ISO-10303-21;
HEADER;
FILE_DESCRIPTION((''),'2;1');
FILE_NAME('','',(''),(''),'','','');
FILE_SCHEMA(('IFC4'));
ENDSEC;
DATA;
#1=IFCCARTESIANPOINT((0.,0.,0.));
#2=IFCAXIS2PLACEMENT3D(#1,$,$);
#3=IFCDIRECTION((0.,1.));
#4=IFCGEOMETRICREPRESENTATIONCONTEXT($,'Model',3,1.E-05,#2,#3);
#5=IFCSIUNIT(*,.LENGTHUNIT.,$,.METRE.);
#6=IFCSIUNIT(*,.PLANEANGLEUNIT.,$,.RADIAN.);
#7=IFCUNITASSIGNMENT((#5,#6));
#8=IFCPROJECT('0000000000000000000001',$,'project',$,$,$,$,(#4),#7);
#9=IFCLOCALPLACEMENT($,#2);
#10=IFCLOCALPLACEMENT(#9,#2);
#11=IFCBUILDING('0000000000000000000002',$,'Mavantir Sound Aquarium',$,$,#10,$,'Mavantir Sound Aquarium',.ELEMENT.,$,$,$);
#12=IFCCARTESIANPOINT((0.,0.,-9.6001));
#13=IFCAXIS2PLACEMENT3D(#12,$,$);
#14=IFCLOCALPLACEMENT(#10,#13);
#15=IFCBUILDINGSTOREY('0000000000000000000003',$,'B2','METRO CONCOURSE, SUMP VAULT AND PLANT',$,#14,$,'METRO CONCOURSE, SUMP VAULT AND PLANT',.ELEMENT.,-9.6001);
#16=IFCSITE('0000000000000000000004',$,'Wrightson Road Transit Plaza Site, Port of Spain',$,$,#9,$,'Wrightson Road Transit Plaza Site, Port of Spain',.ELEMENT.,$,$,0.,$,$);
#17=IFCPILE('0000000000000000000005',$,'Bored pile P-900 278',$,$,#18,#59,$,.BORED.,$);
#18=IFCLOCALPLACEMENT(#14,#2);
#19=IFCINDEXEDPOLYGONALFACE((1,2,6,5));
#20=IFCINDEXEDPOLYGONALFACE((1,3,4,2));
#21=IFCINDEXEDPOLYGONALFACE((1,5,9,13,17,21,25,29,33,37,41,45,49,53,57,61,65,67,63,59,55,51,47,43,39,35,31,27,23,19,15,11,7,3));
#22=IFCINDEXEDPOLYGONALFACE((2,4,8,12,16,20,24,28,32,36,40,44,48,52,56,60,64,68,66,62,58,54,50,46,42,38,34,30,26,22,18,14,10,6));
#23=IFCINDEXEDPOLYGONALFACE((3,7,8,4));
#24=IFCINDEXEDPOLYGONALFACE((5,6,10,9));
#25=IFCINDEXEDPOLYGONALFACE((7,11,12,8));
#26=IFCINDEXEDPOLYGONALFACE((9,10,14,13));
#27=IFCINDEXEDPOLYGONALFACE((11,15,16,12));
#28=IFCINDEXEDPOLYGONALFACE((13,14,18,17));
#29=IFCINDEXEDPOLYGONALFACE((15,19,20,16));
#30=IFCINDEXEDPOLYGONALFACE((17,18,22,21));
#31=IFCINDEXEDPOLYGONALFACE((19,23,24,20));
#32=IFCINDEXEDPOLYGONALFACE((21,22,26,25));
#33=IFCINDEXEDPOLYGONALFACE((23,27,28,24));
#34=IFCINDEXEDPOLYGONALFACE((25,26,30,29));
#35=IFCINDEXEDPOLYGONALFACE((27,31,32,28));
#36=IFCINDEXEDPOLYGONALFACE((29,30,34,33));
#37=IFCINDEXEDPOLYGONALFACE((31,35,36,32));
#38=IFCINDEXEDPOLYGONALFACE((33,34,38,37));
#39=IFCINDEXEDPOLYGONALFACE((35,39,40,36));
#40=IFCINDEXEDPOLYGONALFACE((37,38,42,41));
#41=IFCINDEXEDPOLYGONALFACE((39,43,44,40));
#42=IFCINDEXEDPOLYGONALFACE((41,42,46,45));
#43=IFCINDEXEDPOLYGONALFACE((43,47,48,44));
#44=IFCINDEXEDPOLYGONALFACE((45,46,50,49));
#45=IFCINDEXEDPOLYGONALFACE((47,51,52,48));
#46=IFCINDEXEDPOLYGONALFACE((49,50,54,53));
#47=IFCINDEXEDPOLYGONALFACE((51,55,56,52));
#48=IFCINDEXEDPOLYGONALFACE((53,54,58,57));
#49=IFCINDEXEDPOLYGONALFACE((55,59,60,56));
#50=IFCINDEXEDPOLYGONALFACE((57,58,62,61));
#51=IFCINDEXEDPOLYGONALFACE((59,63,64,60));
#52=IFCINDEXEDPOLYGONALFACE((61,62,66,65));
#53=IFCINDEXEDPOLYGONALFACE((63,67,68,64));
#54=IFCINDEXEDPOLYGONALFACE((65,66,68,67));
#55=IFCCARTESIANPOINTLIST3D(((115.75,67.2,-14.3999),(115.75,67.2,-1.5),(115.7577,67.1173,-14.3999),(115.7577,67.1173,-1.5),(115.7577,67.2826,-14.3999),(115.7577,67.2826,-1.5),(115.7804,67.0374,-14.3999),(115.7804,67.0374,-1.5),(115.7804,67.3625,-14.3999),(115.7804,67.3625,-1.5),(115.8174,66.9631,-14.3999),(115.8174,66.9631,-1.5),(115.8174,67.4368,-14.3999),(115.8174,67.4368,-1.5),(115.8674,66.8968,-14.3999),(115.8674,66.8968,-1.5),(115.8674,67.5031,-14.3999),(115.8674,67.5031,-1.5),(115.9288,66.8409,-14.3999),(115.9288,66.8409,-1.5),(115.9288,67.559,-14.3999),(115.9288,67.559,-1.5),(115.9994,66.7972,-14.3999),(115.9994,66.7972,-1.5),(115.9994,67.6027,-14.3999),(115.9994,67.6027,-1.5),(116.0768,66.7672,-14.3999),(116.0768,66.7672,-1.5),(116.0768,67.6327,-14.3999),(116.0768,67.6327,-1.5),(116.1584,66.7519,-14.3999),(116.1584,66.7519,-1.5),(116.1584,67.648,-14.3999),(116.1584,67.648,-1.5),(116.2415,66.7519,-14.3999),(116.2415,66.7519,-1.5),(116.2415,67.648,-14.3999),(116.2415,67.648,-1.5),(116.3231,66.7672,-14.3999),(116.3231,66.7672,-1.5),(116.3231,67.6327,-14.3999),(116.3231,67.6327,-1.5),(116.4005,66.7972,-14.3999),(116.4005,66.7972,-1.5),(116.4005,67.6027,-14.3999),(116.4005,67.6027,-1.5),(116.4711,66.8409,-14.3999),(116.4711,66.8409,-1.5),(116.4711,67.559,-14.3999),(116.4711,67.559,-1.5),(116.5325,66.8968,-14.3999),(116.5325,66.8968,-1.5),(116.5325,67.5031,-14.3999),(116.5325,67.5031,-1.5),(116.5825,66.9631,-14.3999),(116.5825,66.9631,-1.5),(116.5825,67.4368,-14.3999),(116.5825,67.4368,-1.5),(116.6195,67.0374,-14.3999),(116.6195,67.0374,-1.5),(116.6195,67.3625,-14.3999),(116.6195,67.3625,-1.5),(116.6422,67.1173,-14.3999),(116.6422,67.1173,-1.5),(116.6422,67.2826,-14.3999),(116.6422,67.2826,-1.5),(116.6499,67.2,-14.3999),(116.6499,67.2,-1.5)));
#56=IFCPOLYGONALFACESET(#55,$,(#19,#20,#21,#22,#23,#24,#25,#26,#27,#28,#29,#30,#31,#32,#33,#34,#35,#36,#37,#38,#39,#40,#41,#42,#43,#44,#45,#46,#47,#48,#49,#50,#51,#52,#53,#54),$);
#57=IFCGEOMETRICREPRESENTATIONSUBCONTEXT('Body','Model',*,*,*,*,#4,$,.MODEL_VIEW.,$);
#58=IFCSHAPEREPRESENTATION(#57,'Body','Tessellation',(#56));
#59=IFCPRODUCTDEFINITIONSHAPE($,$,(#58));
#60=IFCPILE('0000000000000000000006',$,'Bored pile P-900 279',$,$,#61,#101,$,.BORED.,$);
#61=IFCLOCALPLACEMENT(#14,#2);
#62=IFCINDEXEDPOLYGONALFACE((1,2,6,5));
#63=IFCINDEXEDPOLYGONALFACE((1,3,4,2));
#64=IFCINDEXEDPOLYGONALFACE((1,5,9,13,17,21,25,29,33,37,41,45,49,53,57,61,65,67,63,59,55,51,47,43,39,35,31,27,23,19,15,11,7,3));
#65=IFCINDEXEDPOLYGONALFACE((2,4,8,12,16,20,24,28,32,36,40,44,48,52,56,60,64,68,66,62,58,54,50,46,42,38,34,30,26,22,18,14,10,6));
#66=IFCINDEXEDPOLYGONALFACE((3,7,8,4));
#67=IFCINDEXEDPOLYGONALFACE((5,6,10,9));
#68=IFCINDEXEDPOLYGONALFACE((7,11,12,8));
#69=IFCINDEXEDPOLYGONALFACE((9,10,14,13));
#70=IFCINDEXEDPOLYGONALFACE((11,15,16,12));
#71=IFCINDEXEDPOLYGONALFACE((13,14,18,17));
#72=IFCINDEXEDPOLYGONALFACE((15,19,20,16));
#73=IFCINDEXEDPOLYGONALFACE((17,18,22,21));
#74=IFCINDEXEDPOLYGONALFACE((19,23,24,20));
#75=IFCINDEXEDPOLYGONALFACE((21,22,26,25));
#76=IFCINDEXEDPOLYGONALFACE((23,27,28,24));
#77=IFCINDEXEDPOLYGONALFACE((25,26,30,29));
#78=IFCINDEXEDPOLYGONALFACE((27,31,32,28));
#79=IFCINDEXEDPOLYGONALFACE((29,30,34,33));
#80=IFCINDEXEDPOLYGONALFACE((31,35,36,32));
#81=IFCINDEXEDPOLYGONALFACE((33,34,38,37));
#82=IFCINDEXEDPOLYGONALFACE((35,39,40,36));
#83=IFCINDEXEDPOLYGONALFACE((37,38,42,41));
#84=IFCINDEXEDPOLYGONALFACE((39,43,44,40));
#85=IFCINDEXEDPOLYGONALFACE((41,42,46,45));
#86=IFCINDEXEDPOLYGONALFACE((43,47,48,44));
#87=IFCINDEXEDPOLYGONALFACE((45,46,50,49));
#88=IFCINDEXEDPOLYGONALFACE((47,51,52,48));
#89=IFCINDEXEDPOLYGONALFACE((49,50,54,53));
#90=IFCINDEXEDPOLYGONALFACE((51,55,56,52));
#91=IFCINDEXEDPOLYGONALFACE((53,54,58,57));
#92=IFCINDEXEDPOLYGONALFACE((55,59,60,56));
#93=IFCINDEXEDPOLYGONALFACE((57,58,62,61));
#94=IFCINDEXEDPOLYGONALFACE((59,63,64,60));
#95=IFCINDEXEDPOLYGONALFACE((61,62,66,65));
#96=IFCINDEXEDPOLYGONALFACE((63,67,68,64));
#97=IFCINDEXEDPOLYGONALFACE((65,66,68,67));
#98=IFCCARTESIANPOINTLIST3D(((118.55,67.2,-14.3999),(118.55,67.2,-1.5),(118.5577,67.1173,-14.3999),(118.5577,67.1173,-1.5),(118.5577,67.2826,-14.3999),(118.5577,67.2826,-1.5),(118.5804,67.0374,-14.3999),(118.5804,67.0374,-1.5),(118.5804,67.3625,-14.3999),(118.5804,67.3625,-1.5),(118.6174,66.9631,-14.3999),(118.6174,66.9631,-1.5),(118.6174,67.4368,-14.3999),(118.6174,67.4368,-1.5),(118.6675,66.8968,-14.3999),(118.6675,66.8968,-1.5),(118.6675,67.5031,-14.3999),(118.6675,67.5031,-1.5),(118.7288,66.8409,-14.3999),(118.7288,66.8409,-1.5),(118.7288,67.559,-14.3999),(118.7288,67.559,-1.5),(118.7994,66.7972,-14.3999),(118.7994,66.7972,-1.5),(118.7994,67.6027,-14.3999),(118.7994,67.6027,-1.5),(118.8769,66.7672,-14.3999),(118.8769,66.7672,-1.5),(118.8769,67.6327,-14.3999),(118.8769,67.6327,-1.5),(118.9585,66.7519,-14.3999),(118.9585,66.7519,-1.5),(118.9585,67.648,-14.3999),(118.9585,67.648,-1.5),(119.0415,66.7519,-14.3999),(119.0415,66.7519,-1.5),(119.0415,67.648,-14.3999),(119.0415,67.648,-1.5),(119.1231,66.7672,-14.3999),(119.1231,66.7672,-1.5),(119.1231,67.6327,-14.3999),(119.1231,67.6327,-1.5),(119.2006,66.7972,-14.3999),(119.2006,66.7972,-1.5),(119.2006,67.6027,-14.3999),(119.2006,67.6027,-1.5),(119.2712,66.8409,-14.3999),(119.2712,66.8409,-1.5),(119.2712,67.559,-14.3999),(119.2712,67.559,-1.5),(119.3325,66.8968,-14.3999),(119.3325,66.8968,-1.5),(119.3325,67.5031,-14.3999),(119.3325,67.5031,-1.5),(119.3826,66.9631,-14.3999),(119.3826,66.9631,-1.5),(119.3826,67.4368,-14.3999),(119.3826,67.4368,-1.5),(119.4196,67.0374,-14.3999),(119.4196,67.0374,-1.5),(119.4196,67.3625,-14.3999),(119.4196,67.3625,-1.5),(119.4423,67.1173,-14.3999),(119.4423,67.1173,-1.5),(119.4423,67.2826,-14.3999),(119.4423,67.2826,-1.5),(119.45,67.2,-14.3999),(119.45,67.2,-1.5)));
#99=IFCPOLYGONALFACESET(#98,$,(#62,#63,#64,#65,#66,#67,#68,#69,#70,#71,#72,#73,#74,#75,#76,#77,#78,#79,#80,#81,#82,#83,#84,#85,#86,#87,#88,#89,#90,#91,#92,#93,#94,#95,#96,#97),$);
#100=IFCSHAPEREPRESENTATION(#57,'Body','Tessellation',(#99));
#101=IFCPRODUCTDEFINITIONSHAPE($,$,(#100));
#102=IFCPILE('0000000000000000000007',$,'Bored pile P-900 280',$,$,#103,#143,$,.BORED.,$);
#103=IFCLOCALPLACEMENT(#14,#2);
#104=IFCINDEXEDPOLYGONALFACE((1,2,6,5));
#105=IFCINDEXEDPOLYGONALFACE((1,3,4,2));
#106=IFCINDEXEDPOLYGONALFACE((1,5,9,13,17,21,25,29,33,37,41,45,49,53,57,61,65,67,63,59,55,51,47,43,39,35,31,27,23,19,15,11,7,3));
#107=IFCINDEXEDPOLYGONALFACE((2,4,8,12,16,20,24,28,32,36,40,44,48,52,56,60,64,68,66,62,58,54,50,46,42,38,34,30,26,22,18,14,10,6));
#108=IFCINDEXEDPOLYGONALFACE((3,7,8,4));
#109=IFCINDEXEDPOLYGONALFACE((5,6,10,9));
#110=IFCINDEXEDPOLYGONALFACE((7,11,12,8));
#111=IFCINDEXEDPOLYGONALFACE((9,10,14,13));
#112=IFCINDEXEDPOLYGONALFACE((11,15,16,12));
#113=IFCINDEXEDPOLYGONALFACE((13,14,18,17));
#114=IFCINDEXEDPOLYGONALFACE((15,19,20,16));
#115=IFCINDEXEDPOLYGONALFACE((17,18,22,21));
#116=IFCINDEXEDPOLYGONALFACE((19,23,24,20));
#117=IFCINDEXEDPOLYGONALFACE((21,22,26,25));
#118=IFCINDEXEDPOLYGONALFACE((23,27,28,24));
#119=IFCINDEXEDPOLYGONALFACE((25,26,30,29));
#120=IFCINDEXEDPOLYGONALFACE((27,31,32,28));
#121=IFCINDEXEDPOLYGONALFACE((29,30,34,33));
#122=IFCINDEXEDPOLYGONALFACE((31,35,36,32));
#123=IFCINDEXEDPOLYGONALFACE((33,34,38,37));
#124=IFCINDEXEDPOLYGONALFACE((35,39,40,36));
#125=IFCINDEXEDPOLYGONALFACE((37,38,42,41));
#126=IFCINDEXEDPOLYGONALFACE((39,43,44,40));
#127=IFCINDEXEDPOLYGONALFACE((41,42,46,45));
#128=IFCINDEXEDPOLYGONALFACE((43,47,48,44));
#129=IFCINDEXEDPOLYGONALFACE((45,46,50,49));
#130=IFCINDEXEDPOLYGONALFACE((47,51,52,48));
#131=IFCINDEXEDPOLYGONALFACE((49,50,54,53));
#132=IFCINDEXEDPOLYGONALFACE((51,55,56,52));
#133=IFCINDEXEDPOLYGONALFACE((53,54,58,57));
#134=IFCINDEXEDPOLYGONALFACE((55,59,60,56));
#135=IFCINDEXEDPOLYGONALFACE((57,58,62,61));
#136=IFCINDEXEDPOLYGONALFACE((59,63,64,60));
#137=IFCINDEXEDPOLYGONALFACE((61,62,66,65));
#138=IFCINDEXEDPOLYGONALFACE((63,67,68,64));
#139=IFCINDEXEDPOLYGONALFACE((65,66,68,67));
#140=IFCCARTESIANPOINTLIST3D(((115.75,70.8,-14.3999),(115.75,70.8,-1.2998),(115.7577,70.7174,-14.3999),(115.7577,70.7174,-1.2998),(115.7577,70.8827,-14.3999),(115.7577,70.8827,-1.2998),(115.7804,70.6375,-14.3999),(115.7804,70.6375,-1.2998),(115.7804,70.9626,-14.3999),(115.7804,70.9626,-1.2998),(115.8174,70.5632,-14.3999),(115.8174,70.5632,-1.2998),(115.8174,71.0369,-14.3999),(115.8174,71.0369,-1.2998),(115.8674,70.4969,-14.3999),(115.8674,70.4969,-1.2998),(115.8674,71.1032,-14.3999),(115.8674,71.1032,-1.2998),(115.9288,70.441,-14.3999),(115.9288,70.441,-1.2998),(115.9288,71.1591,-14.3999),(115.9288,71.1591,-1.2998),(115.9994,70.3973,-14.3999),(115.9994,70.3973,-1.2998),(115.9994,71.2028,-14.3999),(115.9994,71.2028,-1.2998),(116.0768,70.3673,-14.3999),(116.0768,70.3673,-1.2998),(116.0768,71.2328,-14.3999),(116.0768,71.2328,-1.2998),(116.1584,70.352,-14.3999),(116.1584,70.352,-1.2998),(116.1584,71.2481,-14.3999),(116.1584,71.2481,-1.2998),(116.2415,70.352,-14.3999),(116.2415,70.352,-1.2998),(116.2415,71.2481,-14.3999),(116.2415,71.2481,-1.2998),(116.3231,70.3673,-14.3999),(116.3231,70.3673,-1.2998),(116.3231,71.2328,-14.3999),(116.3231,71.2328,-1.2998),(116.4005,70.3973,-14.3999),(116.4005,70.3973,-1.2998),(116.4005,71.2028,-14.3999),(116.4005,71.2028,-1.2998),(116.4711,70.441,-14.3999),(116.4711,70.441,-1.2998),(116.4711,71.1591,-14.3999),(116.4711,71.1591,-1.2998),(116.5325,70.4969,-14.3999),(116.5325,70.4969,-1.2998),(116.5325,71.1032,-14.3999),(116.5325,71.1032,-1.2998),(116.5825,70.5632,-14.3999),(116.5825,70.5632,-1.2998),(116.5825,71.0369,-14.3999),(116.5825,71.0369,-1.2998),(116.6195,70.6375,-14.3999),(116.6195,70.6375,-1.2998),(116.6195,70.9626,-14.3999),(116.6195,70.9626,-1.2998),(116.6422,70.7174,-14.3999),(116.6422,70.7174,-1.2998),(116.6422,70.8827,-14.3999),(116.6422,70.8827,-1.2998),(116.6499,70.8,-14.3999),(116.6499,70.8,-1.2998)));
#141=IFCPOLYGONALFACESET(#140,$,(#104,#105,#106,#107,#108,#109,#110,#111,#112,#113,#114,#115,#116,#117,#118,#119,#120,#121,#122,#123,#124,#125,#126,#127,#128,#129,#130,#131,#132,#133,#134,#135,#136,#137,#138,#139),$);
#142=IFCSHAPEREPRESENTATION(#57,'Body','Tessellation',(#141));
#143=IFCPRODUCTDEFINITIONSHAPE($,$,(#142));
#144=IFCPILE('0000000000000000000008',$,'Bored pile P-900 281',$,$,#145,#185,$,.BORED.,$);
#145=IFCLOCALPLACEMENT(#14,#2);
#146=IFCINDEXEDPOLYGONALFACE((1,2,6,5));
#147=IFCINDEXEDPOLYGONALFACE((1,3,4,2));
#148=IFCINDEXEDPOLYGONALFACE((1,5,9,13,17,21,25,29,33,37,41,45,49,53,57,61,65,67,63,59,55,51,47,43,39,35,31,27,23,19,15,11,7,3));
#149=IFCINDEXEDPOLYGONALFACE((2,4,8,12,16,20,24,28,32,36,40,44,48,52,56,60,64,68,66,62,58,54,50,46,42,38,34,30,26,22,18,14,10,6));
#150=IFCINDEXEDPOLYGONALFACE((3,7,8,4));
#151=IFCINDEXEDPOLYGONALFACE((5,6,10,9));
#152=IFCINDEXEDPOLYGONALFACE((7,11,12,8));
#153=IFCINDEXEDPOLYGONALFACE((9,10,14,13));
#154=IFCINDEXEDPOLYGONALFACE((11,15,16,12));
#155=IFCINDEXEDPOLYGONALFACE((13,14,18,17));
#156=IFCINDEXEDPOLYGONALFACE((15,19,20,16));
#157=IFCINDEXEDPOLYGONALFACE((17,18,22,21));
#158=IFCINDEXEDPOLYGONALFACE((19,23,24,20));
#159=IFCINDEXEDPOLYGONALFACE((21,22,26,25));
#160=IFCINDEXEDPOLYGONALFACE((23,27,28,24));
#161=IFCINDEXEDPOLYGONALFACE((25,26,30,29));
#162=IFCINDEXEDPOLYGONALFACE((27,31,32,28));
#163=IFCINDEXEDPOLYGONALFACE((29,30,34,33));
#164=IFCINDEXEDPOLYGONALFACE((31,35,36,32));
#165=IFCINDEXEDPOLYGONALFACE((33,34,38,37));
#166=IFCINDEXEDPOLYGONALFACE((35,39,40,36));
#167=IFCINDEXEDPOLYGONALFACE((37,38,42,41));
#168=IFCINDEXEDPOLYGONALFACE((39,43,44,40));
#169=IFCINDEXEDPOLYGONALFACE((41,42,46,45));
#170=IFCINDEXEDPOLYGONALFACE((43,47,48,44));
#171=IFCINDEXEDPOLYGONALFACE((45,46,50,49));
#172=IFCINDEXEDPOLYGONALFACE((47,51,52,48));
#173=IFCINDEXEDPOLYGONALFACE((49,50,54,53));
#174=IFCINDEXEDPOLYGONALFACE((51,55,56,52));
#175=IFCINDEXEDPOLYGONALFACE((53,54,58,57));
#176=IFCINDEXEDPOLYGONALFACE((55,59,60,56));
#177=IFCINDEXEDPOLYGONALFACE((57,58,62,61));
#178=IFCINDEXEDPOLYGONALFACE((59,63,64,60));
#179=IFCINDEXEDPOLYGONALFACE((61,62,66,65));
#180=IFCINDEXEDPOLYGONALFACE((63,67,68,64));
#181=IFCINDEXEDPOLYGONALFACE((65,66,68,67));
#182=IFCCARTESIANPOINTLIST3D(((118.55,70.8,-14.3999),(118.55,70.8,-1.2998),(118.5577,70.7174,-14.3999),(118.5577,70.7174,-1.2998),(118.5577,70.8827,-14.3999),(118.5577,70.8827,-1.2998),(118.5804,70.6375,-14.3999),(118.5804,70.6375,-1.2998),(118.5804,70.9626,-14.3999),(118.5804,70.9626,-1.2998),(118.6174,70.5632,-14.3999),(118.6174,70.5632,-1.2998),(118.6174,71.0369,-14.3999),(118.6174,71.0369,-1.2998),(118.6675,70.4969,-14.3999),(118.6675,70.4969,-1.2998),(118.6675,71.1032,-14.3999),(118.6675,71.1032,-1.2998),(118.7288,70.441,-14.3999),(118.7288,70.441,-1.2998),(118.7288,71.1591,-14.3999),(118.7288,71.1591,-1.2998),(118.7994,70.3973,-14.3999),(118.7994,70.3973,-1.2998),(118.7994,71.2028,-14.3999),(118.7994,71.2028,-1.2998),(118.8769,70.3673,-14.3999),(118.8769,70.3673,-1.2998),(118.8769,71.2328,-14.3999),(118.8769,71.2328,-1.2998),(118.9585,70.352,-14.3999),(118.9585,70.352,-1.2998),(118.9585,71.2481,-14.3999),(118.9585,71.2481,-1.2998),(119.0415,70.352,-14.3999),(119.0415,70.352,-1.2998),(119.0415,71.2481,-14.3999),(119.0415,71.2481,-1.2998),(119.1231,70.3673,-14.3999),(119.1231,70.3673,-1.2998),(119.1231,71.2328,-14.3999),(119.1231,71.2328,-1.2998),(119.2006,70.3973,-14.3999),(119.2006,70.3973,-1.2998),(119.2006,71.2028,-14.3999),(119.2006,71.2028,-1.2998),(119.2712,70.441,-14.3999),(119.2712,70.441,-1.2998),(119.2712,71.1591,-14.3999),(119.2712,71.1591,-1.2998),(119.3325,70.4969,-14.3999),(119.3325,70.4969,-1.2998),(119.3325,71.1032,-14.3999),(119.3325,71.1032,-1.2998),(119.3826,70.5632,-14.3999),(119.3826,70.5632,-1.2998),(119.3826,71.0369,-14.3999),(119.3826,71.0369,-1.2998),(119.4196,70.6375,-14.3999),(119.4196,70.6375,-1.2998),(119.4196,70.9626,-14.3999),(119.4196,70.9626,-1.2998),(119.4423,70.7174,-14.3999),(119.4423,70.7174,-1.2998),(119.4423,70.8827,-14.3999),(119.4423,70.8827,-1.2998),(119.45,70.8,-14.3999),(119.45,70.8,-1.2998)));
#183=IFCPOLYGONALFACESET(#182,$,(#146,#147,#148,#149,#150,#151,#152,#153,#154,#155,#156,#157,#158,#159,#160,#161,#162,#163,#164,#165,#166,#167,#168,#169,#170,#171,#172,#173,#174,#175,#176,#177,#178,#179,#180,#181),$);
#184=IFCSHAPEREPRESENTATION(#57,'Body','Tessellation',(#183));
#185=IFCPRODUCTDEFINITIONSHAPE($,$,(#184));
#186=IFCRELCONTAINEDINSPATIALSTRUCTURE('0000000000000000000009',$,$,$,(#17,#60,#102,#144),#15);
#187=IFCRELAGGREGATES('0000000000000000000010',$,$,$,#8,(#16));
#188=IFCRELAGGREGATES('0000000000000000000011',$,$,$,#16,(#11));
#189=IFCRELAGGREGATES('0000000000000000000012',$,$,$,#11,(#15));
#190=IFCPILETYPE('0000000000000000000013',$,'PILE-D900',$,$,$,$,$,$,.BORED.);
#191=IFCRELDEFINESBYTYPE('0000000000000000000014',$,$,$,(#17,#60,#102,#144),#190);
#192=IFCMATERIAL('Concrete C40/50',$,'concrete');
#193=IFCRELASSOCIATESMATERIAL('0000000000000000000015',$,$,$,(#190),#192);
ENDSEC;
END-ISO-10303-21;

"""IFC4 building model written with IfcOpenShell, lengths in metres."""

from ifc_helpers import new_model, si_unit, direction, frame, origin, origin_2d, place, context, subcontext, project, spatial, circle, extrude, material, material_profile, profile_set, type_object, element, save


model = new_model("IFC4")

# Units and contexts
model_context = context("Model", 3, precision=1e-05, world=origin(), true_north=direction((0.0, 1.0)))
body_context = subcontext(model_context, "Body", "Model", "MODEL_VIEW")
ifc_project = project(units=[si_unit("LENGTHUNIT", "METRE"), si_unit("PLANEANGLEUNIT", "RADIAN")], contexts=[model_context])

# Site, building, storey
site_placement = place(None, origin())
site = spatial("IfcSite", under=ifc_project, at=site_placement, Name="Wrightson Road Transit Plaza Site, Port of Spain", LongName="Wrightson Road Transit Plaza Site, Port of Spain", CompositionType="ELEMENT", RefElevation=0.0)
building_placement = place(site_placement, origin())
building = spatial("IfcBuilding", under=site, at=building_placement, Name="Mavantir Sound Aquarium", LongName="Mavantir Sound Aquarium", CompositionType="ELEMENT")
storey_placement = place(building_placement, frame((0.0, 0.0, -9.6001)))
storey = spatial("IfcBuildingStorey", under=building, at=storey_placement, Name="B2", Description="METRO CONCOURSE, SUMP VAULT AND PLANT", LongName="METRO CONCOURSE, SUMP VAULT AND PLANT", CompositionType="ELEMENT", Elevation=-9.6001)

# Shared definitions
ifc_material = material(Name="Concrete C40/50", Category="concrete")

# Piles
ifc_material_profile_1 = material_profile(ifc_material, circle(Radius=0.45, at=origin_2d()), Name="PILE D900")
ifc_profile_set_1 = profile_set([ifc_material_profile_1], Name="Concrete C40/50")
pile_type = type_object("IfcPileType", Name="PILE-D900", PredefinedType="BORED", material=ifc_profile_set_1)
for number, where, z_axis, x_axis, name in (
    (1, (116.2, 67.2, -1.5), (0.0, 0.0, -1.0), (1.0, 0.0, 0.0), "Bored pile P-900 278"),
    (2, (119.0, 67.2, -1.5), (0.0, 0.0, -1.0), (1.0, 0.0, 0.0), "Bored pile P-900 279"),
):
    element("IfcPile", number, at=place(storey_placement, frame(where, z_axis=z_axis, x_axis=x_axis)), inside=storey, type_object=pile_type, Name=name, PredefinedType="BORED", context=body_context, shape_type="SweptSolid", body=[
        extrude(circle(Radius=0.45, at=origin_2d()), origin(), (0.0, 0.0, 1.0), 12.8999),
    ])
for number, where, z_axis, x_axis, name in (
    (3, (116.2, 70.8, -1.2998), (0.0, 0.0, -1.0), (1.0, 0.0, 0.0), "Bored pile P-900 280"),
    (4, (119.0, 70.8, -1.2998), (0.0, 0.0, -1.0), (1.0, 0.0, 0.0), "Bored pile P-900 281"),
):
    element("IfcPile", number, at=place(storey_placement, frame(where, z_axis=z_axis, x_axis=x_axis)), inside=storey, type_object=pile_type, Name=name, PredefinedType="BORED", context=body_context, shape_type="SweptSolid", body=[
        extrude(circle(Radius=0.45, at=origin_2d()), origin(), (0.0, 0.0, 1.0), 13.1001),
    ])

save(model, "model.ifc")
